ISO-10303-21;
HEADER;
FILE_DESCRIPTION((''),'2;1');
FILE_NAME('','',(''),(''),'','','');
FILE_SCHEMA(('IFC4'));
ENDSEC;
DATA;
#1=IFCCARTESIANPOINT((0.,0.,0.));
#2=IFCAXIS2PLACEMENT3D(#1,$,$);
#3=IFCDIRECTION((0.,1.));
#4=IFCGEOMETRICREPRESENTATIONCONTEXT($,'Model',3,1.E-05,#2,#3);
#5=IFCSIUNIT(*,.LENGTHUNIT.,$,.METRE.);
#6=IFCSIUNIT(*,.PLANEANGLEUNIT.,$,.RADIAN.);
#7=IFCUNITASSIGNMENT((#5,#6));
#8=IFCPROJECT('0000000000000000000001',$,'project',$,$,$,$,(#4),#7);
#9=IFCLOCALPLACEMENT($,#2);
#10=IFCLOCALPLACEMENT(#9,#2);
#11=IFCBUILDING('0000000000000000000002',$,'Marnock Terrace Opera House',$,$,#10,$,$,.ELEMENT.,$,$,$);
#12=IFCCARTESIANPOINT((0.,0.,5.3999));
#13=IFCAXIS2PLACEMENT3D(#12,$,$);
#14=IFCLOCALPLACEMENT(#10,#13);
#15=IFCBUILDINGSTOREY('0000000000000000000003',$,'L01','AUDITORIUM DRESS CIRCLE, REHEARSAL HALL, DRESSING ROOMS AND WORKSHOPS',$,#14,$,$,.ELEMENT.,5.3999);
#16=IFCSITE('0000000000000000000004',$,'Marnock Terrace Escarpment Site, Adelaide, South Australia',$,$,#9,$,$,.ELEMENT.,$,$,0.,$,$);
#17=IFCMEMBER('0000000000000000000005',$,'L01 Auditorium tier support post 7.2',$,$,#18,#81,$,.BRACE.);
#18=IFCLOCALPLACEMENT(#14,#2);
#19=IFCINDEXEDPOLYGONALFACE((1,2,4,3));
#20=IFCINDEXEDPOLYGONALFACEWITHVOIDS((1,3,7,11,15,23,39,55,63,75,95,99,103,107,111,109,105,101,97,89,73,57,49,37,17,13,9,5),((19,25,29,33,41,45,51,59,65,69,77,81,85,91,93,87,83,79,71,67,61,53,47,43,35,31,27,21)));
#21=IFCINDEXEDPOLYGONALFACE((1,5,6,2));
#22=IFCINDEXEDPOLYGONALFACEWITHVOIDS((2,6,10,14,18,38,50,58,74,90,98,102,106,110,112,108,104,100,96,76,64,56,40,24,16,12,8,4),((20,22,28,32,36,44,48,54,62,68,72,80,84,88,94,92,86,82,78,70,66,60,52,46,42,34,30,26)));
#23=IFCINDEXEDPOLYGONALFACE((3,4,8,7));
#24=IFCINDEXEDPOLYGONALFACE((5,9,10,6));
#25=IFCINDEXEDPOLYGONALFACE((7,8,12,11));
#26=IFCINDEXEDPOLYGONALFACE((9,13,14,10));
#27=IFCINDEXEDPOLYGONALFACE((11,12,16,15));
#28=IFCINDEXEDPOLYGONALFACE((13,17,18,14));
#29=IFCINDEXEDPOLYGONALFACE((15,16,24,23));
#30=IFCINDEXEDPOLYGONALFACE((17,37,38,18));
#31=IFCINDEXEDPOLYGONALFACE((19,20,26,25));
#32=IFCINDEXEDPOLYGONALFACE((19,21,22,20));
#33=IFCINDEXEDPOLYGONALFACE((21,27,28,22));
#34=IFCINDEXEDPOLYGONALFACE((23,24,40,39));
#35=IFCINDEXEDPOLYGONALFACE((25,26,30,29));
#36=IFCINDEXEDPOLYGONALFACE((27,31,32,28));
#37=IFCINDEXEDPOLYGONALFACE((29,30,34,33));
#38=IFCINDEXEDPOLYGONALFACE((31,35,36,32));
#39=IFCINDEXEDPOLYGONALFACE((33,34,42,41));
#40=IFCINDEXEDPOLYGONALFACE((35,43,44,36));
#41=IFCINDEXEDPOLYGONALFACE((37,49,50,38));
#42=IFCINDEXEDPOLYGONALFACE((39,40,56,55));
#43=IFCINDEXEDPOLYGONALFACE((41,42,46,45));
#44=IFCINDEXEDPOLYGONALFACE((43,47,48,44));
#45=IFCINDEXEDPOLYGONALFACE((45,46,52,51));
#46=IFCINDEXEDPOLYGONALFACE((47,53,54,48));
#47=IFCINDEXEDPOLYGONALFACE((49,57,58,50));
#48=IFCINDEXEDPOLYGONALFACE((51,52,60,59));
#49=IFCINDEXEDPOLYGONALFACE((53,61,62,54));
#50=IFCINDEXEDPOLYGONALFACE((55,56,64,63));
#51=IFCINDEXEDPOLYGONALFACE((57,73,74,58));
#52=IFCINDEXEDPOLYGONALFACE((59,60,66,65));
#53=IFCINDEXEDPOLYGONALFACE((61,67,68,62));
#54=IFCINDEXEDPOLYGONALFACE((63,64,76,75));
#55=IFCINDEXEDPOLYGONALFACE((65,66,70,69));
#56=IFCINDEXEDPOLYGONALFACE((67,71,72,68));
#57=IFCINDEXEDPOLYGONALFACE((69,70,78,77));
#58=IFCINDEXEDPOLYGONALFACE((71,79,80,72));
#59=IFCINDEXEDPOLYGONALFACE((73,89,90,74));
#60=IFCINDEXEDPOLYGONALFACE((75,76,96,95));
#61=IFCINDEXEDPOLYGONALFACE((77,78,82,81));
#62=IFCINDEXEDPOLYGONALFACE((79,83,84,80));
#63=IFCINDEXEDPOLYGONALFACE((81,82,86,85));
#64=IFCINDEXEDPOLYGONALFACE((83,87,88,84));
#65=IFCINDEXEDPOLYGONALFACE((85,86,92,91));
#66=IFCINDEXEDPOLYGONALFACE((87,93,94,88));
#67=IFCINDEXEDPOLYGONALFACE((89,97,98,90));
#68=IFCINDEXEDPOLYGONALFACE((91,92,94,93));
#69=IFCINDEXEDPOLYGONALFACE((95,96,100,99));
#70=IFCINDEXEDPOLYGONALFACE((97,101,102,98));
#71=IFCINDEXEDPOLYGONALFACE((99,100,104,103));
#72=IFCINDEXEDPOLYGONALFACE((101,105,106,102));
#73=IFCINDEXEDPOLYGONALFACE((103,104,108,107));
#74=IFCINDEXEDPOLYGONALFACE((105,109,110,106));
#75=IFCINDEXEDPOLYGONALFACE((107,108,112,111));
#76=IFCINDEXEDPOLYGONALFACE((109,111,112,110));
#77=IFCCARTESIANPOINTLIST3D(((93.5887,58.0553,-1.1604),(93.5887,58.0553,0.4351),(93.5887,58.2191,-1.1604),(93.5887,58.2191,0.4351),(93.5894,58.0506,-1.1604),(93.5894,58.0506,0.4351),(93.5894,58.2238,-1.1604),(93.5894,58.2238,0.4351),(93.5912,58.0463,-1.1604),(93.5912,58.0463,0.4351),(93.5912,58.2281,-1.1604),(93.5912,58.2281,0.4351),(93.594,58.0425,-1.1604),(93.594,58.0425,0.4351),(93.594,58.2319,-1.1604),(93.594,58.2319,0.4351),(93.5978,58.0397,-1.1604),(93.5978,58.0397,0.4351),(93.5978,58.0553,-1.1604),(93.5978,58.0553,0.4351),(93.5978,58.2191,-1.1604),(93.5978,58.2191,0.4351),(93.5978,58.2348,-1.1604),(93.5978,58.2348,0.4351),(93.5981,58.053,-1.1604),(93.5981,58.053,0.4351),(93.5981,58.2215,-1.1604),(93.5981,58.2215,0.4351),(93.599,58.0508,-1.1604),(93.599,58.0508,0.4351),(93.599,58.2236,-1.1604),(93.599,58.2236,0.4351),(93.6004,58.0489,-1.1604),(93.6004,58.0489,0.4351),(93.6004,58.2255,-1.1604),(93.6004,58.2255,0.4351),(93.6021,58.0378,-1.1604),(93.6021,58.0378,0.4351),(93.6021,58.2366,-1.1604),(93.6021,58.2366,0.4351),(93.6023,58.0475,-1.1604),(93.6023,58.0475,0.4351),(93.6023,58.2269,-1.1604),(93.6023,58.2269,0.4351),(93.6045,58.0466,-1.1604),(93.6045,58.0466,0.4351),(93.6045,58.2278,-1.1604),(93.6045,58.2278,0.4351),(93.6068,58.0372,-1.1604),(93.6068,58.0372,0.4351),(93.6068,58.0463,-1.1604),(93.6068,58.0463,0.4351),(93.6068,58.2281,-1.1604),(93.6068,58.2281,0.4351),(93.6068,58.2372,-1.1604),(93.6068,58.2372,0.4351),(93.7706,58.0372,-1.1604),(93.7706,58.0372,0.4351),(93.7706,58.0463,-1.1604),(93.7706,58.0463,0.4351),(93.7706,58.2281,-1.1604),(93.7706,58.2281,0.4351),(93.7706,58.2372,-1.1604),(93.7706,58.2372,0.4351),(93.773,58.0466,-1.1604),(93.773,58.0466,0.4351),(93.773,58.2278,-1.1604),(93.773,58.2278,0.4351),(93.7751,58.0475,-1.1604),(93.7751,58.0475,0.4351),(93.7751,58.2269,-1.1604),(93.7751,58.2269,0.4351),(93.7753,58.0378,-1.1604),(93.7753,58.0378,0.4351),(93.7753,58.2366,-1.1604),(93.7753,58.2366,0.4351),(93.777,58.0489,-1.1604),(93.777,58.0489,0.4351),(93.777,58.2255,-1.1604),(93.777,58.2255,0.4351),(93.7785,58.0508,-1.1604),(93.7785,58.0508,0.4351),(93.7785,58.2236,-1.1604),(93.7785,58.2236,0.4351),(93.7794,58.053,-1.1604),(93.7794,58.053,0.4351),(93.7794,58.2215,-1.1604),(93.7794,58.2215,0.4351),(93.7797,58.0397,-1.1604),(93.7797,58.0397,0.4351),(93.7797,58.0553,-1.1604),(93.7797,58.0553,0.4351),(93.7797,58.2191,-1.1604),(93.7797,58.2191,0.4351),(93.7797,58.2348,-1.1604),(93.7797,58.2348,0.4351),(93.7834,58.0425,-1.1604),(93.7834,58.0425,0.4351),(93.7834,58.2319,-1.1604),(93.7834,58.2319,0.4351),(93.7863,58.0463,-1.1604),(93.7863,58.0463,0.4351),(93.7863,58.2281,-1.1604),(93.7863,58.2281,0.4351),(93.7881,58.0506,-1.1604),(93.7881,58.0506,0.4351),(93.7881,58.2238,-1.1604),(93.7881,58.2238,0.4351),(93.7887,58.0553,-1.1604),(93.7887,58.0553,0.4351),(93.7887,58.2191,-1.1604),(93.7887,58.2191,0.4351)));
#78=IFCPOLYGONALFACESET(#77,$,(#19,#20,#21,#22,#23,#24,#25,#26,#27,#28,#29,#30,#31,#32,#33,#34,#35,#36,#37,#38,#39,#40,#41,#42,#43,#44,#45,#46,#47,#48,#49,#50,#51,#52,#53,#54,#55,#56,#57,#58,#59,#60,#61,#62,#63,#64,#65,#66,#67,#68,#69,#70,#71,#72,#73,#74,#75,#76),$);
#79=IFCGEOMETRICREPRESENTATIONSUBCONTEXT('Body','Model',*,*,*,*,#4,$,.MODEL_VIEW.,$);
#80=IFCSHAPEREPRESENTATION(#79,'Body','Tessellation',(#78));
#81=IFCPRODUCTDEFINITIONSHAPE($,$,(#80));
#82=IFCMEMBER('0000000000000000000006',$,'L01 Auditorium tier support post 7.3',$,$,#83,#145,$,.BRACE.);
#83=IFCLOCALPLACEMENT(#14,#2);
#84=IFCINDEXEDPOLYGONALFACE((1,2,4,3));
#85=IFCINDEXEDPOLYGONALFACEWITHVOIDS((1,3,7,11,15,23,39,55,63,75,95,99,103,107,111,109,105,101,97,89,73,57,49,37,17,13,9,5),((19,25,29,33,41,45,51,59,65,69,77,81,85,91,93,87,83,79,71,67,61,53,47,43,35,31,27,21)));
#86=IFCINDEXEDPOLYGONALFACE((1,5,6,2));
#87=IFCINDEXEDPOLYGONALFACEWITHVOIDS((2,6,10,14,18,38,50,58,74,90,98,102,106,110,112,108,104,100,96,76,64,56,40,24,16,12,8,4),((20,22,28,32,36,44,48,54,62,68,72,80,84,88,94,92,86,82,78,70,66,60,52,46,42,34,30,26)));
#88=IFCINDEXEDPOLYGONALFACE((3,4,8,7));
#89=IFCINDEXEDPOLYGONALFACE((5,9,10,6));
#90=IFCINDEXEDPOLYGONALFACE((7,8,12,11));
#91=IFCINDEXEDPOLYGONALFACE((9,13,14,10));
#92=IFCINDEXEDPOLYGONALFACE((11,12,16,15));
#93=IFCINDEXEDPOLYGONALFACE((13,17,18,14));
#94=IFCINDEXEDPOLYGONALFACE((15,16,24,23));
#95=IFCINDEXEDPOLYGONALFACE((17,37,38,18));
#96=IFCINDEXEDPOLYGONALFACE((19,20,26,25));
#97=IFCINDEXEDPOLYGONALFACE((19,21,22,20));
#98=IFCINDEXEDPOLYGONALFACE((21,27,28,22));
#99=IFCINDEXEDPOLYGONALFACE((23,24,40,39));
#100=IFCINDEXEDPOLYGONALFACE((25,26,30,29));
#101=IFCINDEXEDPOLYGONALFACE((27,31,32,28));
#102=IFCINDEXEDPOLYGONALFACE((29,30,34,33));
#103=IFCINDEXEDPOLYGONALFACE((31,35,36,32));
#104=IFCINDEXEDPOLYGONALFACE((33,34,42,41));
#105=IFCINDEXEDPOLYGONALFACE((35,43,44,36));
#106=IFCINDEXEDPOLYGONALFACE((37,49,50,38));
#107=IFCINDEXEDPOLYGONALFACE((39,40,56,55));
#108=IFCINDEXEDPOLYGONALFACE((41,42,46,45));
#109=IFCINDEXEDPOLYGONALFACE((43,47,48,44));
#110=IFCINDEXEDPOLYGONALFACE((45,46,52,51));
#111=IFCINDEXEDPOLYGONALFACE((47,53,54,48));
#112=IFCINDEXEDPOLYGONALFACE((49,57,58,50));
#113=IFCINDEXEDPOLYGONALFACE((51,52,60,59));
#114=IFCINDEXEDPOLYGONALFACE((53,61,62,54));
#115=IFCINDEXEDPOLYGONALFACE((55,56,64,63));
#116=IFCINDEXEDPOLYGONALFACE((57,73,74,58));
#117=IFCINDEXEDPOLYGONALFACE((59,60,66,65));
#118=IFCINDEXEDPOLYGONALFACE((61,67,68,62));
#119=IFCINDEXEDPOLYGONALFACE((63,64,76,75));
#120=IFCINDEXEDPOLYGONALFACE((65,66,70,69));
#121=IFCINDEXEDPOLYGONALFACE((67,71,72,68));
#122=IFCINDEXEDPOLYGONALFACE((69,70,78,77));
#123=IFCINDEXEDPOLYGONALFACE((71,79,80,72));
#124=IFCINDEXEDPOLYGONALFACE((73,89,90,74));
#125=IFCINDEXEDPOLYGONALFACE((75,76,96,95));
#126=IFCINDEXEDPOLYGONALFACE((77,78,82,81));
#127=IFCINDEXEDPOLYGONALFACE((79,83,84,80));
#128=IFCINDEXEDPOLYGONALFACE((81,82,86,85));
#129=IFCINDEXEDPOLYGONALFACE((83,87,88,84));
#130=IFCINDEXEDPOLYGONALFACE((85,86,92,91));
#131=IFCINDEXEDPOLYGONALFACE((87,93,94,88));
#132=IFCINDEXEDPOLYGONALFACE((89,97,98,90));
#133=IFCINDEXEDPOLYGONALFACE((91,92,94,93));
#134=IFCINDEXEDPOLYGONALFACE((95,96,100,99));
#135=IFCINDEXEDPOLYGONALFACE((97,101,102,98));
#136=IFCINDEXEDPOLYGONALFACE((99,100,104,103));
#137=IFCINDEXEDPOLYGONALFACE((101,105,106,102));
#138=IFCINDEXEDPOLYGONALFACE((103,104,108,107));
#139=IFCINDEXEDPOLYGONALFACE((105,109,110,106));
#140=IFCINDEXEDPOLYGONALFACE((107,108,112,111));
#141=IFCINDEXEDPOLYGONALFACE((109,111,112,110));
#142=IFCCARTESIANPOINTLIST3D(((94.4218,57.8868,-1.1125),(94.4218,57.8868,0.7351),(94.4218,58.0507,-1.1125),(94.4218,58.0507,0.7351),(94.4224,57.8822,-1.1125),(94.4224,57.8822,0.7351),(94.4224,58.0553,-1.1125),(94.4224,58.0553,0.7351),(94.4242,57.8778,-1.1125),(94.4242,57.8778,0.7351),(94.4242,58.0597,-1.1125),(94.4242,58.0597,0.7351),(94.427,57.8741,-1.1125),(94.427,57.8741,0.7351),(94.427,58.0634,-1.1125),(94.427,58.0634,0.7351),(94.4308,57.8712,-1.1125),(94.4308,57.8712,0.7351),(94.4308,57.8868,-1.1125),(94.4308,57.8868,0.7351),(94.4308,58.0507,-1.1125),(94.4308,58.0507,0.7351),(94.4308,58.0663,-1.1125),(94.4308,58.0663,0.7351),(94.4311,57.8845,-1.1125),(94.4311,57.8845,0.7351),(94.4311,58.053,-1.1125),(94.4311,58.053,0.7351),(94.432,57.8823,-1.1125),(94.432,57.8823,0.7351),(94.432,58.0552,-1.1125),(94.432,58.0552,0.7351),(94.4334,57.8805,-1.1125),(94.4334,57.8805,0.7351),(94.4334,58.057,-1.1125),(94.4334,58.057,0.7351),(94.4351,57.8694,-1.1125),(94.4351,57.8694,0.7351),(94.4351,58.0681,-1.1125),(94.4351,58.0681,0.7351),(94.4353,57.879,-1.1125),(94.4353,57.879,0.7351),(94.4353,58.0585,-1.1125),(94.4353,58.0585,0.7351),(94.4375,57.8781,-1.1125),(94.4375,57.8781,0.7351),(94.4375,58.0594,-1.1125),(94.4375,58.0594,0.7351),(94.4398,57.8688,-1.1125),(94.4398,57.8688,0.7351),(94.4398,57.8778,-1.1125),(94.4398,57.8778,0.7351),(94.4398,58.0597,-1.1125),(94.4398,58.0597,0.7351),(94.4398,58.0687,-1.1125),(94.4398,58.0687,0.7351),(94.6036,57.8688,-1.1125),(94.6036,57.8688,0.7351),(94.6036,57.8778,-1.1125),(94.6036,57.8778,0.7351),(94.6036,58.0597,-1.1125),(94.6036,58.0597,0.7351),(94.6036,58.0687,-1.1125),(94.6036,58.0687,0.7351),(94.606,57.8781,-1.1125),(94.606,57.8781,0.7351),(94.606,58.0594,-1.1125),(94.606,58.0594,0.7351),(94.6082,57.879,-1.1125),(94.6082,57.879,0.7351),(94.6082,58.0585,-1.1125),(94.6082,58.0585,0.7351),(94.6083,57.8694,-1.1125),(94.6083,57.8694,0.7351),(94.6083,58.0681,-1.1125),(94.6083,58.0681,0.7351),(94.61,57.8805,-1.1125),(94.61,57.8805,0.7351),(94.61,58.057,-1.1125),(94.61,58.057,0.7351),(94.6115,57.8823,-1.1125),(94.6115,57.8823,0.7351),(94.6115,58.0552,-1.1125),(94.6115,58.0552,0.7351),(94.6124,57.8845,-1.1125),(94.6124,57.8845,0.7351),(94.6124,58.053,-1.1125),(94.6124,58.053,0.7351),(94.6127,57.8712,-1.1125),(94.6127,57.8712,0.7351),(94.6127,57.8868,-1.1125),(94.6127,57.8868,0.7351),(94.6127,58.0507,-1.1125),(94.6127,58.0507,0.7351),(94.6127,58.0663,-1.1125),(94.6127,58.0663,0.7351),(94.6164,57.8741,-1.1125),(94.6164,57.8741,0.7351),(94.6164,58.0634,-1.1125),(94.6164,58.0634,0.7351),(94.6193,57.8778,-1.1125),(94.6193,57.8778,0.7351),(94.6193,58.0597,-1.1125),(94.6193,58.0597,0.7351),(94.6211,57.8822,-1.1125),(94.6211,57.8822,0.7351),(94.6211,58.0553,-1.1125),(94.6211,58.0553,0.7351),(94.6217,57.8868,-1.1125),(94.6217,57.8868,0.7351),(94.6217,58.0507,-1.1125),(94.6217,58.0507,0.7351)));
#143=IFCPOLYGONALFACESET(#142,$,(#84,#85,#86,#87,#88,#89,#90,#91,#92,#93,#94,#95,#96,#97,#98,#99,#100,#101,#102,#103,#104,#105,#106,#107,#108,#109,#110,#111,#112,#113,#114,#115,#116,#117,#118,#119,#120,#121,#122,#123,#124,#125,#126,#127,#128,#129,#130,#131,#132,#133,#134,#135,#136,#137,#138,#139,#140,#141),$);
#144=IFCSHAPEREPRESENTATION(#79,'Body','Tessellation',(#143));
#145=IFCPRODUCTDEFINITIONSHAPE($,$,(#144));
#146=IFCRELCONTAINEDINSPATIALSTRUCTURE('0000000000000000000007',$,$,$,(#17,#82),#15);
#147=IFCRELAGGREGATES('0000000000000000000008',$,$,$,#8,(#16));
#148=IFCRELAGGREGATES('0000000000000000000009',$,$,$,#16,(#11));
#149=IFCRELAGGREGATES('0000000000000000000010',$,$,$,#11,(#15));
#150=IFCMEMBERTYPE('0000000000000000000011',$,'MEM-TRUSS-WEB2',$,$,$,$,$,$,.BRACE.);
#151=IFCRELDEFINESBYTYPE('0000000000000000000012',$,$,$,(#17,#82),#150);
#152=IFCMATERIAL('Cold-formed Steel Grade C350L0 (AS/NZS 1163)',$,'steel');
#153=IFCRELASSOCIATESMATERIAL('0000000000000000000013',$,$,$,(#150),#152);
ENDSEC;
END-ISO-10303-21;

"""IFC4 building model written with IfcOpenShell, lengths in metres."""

from ifc_helpers import new_model, si_unit, direction, frame, origin, origin_2d, place, context, subcontext, project, spatial, hollow_rectangle, extrude, material, material_profile, profile_set, type_object, element, save


model = new_model("IFC4")

# Units and contexts
model_context = context("Model", 3, precision=1e-05, world=origin(), true_north=direction((0.0, 1.0)))
body_context = subcontext(model_context, "Body", "Model", "MODEL_VIEW")
ifc_project = project(units=[si_unit("LENGTHUNIT", "METRE"), si_unit("PLANEANGLEUNIT", "RADIAN")], contexts=[model_context])

# Site, building, storey
site_placement = place(None, origin())
site = spatial("IfcSite", under=ifc_project, at=site_placement, Name="Marnock Terrace Escarpment Site, Adelaide, South Australia", CompositionType="ELEMENT", RefElevation=0.0)
building_placement = place(site_placement, origin())
building = spatial("IfcBuilding", under=site, at=building_placement, Name="Marnock Terrace Opera House", CompositionType="ELEMENT")
storey_placement = place(building_placement, frame((0.0, 0.0, 5.3999)))
storey = spatial("IfcBuildingStorey", under=building, at=storey_placement, Name="L01", Description="AUDITORIUM DRESS CIRCLE, REHEARSAL HALL, DRESSING ROOMS AND WORKSHOPS", CompositionType="ELEMENT", Elevation=5.3999)

# Members
ifc_material_1 = material(Name="Cold-formed Steel Grade C350L0 (AS/NZS 1163)", Category="steel")
ifc_material_profile_1 = material_profile(ifc_material_1, hollow_rectangle(XDim=0.2, YDim=0.2, WallThickness=0.009, InnerFilletRadius=0.009, OuterFilletRadius=0.0181, at=origin_2d()))
ifc_profile_set_1 = profile_set([ifc_material_profile_1], Name="Cold-formed Steel Grade C350L0 (AS/NZS 1163)")
member_type = type_object("IfcMemberType", Name="MEM-TRUSS-WEB2", PredefinedType="BRACE", material=ifc_profile_set_1)
member_1_placement = place(storey_placement, frame((93.6887, 58.1372, -1.1604), z_axis=(0.0, 0.0, 1.0), x_axis=(1.0, 0.0, 0.0)))
element("IfcMember", 1, at=member_1_placement, inside=storey, type_object=member_type, Name="L01 Auditorium tier support post 7.2", PredefinedType="BRACE", context=body_context, shape_type="SweptSolid", body=[
    extrude(hollow_rectangle(XDim=0.2, YDim=0.2, WallThickness=0.009, InnerFilletRadius=0.009, OuterFilletRadius=0.0181, at=origin_2d()), origin(), (0.0, 0.0, 1.0), 1.5955),
])
member_2_placement = place(storey_placement, frame((94.5217, 57.9688, -1.1125), z_axis=(0.0, 0.0, 1.0), x_axis=(1.0, 0.0, 0.0)))
element("IfcMember", 2, at=member_2_placement, inside=storey, type_object=member_type, Name="L01 Auditorium tier support post 7.3", PredefinedType="BRACE", context=body_context, shape_type="SweptSolid", body=[
    extrude(hollow_rectangle(XDim=0.2, YDim=0.2, WallThickness=0.009, InnerFilletRadius=0.009, OuterFilletRadius=0.0181, at=origin_2d()), origin(), (0.0, 0.0, 1.0), 1.8477),
])

save(model, "model.ifc")
